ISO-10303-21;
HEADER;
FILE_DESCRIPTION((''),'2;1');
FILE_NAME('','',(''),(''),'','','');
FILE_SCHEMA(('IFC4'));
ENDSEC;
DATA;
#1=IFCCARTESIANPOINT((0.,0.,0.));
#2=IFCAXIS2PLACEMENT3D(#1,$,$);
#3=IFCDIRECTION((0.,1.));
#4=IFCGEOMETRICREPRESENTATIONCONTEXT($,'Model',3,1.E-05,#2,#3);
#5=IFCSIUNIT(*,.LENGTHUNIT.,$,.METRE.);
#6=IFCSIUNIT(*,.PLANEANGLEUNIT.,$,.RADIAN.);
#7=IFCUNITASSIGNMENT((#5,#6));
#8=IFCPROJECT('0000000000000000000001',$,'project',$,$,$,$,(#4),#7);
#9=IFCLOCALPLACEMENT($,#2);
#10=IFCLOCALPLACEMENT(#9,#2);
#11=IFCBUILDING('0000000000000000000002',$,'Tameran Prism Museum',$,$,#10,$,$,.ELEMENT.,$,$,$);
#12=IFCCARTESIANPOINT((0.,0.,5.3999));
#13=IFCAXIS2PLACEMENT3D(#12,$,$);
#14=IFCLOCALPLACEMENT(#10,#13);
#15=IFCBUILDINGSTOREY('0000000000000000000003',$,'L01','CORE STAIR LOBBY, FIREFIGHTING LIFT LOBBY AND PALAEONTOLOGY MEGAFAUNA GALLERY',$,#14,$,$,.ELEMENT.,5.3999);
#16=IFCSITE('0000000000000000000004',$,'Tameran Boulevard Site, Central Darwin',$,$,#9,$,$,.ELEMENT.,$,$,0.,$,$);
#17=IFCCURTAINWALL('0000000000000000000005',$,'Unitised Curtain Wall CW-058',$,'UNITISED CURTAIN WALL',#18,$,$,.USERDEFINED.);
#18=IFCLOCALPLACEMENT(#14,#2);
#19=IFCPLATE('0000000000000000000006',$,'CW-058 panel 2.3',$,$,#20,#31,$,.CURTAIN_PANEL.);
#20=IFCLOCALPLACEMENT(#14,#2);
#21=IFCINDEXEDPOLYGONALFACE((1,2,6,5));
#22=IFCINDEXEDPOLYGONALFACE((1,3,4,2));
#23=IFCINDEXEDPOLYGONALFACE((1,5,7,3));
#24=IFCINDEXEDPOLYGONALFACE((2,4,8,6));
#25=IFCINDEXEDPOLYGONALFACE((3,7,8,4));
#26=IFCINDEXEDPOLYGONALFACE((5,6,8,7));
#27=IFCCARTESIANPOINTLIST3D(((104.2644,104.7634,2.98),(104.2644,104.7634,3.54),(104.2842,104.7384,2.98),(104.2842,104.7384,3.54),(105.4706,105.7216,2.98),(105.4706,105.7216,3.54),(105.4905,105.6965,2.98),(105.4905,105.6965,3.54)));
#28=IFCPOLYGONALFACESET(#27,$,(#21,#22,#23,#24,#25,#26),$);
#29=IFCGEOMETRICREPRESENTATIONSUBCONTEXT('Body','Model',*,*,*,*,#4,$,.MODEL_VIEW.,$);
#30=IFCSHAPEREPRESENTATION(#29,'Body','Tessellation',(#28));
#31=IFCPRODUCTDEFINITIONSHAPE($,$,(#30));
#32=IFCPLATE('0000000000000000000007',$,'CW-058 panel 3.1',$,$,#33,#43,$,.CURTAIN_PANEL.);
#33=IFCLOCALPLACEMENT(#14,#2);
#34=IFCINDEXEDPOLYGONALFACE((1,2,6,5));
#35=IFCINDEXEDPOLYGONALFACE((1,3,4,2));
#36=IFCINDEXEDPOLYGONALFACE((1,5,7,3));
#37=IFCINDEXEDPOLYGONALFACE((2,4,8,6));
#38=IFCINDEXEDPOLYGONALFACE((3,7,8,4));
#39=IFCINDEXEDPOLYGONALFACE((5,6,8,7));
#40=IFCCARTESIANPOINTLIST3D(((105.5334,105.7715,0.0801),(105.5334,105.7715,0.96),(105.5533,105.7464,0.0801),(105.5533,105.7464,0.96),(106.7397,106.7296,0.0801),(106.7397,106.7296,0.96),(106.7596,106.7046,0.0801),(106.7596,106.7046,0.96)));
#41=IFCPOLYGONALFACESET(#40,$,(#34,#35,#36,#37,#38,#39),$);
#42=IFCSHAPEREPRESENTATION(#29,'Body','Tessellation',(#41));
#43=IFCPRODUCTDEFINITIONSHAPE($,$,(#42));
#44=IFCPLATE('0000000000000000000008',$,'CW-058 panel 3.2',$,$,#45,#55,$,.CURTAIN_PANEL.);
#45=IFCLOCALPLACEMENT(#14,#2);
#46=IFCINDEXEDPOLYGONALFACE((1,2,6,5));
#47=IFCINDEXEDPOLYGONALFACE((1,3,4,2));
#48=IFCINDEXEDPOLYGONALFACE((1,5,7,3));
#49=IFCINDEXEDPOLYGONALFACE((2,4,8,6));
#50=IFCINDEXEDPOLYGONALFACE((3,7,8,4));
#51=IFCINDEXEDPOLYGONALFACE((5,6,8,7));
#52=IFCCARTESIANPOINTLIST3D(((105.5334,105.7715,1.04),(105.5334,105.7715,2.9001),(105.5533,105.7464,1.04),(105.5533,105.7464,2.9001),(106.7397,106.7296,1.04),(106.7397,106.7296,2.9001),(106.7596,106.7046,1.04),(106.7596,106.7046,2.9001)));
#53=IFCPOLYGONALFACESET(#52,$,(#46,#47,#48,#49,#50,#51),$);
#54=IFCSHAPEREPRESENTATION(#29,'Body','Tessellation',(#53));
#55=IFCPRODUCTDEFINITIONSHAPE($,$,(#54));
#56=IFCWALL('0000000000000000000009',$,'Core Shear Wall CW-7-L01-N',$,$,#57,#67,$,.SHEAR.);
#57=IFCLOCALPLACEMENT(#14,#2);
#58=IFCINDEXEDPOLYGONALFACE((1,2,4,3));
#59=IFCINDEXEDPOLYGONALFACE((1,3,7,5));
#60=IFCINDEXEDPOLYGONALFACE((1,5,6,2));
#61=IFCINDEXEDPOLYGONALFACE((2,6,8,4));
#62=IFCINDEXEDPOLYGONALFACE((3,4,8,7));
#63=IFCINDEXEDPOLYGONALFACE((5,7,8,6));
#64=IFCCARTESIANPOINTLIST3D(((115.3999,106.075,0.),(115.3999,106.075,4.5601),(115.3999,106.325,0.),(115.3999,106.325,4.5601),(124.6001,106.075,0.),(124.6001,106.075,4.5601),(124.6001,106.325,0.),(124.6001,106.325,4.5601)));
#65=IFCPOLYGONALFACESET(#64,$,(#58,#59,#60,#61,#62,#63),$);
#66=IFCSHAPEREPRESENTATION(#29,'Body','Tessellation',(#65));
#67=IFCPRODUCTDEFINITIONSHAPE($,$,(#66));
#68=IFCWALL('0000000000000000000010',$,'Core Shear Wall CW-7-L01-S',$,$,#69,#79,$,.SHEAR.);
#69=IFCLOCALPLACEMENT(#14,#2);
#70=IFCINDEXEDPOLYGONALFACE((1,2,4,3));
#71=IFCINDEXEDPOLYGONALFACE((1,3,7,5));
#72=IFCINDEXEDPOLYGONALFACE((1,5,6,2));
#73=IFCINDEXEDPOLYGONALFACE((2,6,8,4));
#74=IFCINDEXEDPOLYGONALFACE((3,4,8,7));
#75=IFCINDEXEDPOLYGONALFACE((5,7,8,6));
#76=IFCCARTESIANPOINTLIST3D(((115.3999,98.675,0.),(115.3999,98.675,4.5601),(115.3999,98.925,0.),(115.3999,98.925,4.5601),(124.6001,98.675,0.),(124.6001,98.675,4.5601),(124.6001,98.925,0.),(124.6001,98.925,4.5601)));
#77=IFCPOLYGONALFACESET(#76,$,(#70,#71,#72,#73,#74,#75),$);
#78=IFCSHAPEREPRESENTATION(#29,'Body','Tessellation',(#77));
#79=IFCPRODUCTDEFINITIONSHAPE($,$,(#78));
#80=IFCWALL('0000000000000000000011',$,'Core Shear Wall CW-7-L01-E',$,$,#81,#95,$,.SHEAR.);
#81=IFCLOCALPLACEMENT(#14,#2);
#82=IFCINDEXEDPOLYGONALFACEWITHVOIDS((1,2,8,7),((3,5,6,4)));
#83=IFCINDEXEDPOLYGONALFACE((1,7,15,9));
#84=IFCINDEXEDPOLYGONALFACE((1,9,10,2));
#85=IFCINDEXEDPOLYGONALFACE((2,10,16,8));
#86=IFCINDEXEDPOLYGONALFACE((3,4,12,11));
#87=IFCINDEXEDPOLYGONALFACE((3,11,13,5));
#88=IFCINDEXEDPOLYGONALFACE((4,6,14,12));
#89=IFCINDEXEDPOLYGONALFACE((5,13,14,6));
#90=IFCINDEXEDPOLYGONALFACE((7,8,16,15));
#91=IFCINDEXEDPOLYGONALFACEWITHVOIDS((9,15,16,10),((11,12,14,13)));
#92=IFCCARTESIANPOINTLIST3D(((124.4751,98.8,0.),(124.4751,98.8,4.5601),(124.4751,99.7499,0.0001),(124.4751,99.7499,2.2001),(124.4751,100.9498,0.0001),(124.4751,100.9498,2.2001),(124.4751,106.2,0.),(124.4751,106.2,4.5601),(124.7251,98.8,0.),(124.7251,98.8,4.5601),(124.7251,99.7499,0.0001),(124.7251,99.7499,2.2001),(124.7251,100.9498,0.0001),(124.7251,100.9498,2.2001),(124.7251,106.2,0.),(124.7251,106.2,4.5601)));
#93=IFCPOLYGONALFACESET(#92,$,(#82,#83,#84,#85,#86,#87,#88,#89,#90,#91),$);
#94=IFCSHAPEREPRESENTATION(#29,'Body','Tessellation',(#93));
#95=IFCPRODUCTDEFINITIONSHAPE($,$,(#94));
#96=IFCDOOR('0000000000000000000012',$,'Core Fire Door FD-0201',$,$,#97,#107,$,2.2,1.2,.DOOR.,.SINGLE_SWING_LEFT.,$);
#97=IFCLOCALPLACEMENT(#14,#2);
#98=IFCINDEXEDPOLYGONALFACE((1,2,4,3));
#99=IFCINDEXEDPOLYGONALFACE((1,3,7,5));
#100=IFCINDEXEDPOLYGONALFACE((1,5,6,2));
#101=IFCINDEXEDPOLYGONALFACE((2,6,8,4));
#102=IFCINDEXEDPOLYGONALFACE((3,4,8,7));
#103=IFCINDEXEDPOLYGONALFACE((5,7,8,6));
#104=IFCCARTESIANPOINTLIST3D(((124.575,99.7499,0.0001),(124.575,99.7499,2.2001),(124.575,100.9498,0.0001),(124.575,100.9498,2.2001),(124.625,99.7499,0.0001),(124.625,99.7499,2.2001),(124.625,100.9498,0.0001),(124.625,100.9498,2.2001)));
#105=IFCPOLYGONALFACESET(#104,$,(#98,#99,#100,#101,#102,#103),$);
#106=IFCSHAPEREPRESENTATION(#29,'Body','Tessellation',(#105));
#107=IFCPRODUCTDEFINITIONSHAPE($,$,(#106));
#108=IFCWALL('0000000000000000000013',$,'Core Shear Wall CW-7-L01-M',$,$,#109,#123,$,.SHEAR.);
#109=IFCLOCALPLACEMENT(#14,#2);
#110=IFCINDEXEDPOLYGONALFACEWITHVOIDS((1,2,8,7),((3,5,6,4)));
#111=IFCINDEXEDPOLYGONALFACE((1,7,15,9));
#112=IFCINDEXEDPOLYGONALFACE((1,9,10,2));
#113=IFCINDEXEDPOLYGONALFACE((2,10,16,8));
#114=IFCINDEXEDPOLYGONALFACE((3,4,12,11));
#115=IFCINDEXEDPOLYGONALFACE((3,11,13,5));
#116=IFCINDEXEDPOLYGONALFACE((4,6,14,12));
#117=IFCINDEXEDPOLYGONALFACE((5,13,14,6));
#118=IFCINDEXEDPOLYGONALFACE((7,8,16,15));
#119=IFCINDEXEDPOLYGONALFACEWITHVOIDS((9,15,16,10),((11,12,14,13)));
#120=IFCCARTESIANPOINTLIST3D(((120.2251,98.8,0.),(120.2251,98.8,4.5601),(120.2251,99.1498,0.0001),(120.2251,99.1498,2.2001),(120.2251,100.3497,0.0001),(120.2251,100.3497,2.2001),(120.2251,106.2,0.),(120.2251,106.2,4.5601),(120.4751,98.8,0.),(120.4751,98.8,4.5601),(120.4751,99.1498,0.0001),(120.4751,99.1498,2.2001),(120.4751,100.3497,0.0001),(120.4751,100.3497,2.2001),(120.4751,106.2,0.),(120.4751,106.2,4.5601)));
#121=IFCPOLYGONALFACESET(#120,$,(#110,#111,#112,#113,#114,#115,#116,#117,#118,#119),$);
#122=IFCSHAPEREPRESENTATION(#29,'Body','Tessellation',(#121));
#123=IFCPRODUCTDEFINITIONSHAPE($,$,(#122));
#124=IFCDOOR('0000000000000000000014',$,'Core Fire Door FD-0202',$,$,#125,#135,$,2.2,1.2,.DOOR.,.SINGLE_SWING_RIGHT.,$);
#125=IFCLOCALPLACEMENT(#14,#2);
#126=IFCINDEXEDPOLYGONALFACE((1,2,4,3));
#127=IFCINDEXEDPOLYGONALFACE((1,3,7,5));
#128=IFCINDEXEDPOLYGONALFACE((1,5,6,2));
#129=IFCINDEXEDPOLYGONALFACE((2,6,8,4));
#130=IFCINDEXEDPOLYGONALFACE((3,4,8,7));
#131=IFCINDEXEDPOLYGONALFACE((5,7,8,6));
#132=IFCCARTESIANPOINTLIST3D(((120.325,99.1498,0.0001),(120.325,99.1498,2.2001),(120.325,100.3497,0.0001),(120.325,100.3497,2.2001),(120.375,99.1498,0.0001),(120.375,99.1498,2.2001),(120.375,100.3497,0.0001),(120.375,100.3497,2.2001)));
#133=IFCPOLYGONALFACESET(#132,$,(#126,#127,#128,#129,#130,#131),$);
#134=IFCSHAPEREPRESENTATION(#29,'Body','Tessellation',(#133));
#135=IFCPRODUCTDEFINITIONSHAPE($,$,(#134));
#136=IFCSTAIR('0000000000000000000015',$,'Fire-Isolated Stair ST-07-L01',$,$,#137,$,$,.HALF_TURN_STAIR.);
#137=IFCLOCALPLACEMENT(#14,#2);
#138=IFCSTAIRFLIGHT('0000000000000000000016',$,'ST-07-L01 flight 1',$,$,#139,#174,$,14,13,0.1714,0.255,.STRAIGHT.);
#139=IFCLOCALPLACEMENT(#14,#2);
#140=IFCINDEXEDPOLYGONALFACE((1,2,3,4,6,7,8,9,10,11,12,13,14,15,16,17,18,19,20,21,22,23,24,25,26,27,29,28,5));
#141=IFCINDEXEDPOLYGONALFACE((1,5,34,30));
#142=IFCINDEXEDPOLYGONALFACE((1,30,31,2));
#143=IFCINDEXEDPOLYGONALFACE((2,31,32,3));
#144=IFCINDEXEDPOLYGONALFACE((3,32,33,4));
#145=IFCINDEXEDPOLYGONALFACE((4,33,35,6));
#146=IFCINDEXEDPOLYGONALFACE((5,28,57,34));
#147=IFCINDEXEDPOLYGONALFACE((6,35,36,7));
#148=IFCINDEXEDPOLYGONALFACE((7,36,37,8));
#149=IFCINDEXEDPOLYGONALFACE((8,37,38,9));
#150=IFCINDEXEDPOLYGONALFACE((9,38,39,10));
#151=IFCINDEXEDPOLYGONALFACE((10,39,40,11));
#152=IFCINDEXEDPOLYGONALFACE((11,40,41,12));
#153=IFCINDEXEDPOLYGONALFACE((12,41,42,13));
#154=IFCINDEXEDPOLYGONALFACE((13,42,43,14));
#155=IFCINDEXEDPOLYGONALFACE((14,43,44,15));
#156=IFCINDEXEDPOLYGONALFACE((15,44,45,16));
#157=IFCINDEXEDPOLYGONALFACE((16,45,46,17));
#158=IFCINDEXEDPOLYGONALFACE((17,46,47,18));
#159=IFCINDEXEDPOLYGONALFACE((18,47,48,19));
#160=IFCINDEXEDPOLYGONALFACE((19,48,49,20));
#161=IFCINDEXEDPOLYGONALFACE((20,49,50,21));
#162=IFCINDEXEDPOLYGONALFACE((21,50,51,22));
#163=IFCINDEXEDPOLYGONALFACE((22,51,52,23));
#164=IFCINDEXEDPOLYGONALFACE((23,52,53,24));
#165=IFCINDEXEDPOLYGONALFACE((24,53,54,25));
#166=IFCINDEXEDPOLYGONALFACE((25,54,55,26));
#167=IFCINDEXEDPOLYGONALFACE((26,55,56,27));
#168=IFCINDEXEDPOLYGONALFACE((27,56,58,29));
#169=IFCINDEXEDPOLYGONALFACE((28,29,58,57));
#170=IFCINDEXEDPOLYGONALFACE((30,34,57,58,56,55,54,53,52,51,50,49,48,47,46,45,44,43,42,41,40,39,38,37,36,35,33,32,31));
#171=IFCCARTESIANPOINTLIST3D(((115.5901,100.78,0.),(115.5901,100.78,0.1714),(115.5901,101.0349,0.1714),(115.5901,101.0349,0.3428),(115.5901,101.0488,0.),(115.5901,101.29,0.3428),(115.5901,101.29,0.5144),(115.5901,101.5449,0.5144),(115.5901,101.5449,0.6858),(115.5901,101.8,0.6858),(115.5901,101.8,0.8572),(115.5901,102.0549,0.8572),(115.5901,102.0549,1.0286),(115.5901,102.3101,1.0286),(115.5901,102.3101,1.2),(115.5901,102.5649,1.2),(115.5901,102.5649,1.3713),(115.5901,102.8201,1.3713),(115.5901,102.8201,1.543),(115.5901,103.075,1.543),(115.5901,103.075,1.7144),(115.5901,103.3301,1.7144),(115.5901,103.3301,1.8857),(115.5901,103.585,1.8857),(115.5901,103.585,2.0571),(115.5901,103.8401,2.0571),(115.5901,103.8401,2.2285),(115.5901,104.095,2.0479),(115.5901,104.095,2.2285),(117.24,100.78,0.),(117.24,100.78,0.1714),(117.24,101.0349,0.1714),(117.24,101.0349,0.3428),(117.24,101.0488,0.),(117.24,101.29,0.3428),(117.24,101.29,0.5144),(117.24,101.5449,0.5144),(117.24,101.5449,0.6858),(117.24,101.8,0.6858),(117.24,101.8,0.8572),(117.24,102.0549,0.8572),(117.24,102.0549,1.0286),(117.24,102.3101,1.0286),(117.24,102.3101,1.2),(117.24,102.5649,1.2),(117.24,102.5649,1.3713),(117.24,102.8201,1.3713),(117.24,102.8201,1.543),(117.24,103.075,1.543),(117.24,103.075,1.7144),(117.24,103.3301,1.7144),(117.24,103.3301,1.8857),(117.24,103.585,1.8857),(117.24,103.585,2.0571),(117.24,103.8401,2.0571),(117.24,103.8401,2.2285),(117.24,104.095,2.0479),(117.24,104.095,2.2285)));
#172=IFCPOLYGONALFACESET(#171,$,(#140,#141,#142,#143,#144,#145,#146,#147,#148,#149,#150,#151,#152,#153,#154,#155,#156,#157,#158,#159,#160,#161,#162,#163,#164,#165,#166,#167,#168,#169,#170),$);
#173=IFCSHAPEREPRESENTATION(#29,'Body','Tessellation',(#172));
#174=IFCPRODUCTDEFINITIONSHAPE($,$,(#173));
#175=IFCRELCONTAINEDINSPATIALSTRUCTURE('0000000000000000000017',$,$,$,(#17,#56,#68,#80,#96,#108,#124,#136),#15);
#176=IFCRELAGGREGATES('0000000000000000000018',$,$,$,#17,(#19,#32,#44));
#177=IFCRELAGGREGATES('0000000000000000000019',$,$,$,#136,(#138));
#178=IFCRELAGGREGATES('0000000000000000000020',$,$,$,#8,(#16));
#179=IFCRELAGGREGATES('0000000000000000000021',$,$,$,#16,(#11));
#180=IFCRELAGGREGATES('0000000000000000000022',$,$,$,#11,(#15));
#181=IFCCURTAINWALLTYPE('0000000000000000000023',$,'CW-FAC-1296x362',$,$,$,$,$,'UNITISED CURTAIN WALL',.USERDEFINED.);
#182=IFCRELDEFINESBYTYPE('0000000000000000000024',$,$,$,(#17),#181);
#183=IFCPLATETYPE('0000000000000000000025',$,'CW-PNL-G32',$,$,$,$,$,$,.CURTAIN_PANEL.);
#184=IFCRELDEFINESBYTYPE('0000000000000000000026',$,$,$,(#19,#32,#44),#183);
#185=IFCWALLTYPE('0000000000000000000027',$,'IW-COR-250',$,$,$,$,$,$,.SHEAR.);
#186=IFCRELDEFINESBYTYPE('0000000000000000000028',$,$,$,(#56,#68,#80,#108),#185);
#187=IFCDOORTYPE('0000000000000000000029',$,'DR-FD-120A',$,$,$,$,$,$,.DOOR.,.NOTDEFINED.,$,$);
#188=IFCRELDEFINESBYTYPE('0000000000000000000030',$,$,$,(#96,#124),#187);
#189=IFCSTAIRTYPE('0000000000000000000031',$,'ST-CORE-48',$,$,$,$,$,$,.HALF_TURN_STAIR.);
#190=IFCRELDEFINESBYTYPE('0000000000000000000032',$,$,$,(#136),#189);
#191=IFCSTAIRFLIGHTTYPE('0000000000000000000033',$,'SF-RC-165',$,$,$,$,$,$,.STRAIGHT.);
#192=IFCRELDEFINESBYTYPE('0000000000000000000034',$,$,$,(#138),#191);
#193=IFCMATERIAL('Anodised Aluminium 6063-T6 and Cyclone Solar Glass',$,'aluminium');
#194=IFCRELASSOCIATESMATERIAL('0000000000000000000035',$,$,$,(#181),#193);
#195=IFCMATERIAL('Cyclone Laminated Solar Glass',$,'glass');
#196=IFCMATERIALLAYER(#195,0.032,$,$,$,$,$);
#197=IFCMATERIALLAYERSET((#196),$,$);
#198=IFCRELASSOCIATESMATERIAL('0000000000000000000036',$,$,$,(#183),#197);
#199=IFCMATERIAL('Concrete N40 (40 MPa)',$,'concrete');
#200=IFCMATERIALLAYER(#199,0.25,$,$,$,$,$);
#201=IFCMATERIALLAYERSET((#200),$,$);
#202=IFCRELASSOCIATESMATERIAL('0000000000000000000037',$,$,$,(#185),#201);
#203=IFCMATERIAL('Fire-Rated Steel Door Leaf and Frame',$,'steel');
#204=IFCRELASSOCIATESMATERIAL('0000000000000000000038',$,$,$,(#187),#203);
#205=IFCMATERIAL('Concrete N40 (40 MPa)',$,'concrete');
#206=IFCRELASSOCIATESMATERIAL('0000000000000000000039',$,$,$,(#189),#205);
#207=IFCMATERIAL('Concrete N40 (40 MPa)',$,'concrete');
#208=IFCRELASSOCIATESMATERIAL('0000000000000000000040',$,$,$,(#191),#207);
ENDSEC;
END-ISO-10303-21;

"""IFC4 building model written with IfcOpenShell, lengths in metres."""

from ifc_helpers import new_model, si_unit, direction, frame, frame_2d, origin, origin_2d, place, context, subcontext, project, spatial, polyline, rectangle, outline, extrude, material, layer, layer_set, type_object, element, fill, aggregate, save


model = new_model("IFC4")

# Units and contexts
model_context = context("Model", 3, precision=1e-05, world=origin(), true_north=direction((0.0, 1.0)))
body_context = subcontext(model_context, "Body", "Model", "MODEL_VIEW")
ifc_project = project(units=[si_unit("LENGTHUNIT", "METRE"), si_unit("PLANEANGLEUNIT", "RADIAN")], contexts=[model_context])

# Site, building, storey
site_placement = place(None, origin())
site = spatial("IfcSite", under=ifc_project, at=site_placement, Name="Tameran Boulevard Site, Central Darwin", CompositionType="ELEMENT", RefElevation=0.0)
building_placement = place(site_placement, origin())
building = spatial("IfcBuilding", under=site, at=building_placement, Name="Tameran Prism Museum", CompositionType="ELEMENT")
storey_placement = place(building_placement, frame((0.0, 0.0, 5.3999)))
storey = spatial("IfcBuildingStorey", under=building, at=storey_placement, Name="L01", Description="CORE STAIR LOBBY, FIREFIGHTING LIFT LOBBY AND PALAEONTOLOGY MEGAFAUNA GALLERY", CompositionType="ELEMENT", Elevation=5.3999)

# Curtain wall, plates
ifc_material_1 = material(Name="Anodised Aluminium 6063-T6 and Cyclone Solar Glass", Category="aluminium")
curtain_wall_type = type_object("IfcCurtainWallType", Name="CW-FAC-1296x362", ElementType="UNITISED CURTAIN WALL", PredefinedType="USERDEFINED", material=ifc_material_1)
curtain_wall_placement = place(storey_placement, origin())
curtain_wall = element("IfcCurtainWall", 1, at=curtain_wall_placement, inside=storey, type_object=curtain_wall_type, Name="Unitised Curtain Wall CW-058", ObjectType="UNITISED CURTAIN WALL", PredefinedType="USERDEFINED")
ifc_material_2 = material(Name="Cyclone Laminated Solar Glass", Category="glass")
ifc_layer_1 = layer(ifc_material_2, 0.032)
ifc_layer_set_1 = layer_set([ifc_layer_1])
plate_type = type_object("IfcPlateType", Name="CW-PNL-G32", PredefinedType="CURTAIN_PANEL", material=ifc_layer_set_1)
plate_1_placement = place(storey_placement, frame((104.8774, 105.23, 2.98), z_axis=(0.0, 0.0, 1.0), x_axis=(0.783031, 0.621982, 0.0)))
plate_1 = element("IfcPlate", 2, at=plate_1_placement, type_object=plate_type, Name="CW-058 panel 2.3", PredefinedType="CURTAIN_PANEL", context=body_context, shape_type="SweptSolid", body=[
    extrude(rectangle(XDim=1.5405, YDim=0.032, at=origin_2d()), origin(), (0.0, 0.0, 1.0), 0.5601),
])
plate_2_placement = place(storey_placement, frame((106.1465, 106.238, 0.0801), z_axis=(0.0, 0.0, 1.0), x_axis=(0.783031, 0.621982, 0.0)))
plate_2 = element("IfcPlate", 3, at=plate_2_placement, type_object=plate_type, Name="CW-058 panel 3.1", PredefinedType="CURTAIN_PANEL", context=body_context, shape_type="SweptSolid", body=[
    extrude(rectangle(XDim=1.5405, YDim=0.032, at=origin_2d()), origin(), (0.0, 0.0, 1.0), 0.8799),
])
plate_3_placement = place(storey_placement, frame((106.1465, 106.238, 1.04), z_axis=(0.0, 0.0, 1.0), x_axis=(0.783031, 0.621982, 0.0)))
plate_3 = element("IfcPlate", 4, at=plate_3_placement, type_object=plate_type, Name="CW-058 panel 3.2", PredefinedType="CURTAIN_PANEL", context=body_context, shape_type="SweptSolid", body=[
    extrude(rectangle(XDim=1.5405, YDim=0.032, at=origin_2d()), origin(), (0.0, 0.0, 1.0), 1.8601),
])
aggregate(curtain_wall, [plate_1, plate_2, plate_3])

# Walls
ifc_material_3 = material(Name="Concrete N40 (40 MPa)", Category="concrete")
ifc_layer_2 = layer(ifc_material_3, 0.25)
ifc_layer_set_2 = layer_set([ifc_layer_2])
wall_type = type_object("IfcWallType", Name="IW-COR-250", PredefinedType="SHEAR", material=ifc_layer_set_2)
for number, where, z_axis, x_axis, name in (
    (5, (115.3999, 106.2, 0.0), (0.0, 0.0, 1.0), (1.0, 0.0, 0.0), "Core Shear Wall CW-7-L01-N"),
    (6, (124.6001, 98.8, 0.0), (0.0, 0.0, 1.0), (-1.0, 0.0, 0.0), "Core Shear Wall CW-7-L01-S"),
):
    element("IfcWall", number, at=place(storey_placement, frame(where, z_axis=z_axis, x_axis=x_axis)), inside=storey, type_object=wall_type, Name=name, PredefinedType="SHEAR", context=body_context, shape_type="SweptSolid", body=[
        extrude(rectangle(XDim=9.2002, YDim=0.25, at=frame_2d((4.6001, 0.0))), origin(), (0.0, 0.0, 1.0), 4.5601),
    ])

# Walls, openings, doors
wall_1_placement = place(storey_placement, frame((124.6001, 106.2, 0.0), z_axis=(0.0, 0.0, 1.0), x_axis=(0.0, -1.0, 0.0)))
wall_1 = element("IfcWall", 7, at=wall_1_placement, inside=storey, type_object=wall_type, Name="Core Shear Wall CW-7-L01-E", PredefinedType="SHEAR", context=body_context, shape_type="SweptSolid", body=[
    extrude(rectangle(XDim=7.3999, YDim=0.25, at=frame_2d((3.7, 0.0))), origin(), (0.0, 0.0, 1.0), 4.5601),
])
opening_1_placement = place(wall_1_placement, frame((5.25, 0.0, 0.0)))
opening_1 = element("IfcOpeningElement", 8, at=opening_1_placement, cuts=wall_1, PredefinedType="OPENING", context=body_context, shape_type="SweptSolid", body=[
    extrude(rectangle(XDim=1.2, YDim=2.2, at=frame_2d((0.6001, 1.1001))), frame((0.0, 0.135, 0.0), z_axis=(0.0, -1.0, 0.0), x_axis=(1.0, 0.0, 0.0)), (0.0, 0.0, 1.0), 0.27),
])
ifc_material_4 = material(Name="Fire-Rated Steel Door Leaf and Frame", Category="steel")
door_type = type_object("IfcDoorType", Name="DR-FD-120A", OperationType="NOTDEFINED", PredefinedType="DOOR", material=ifc_material_4)
door_1_placement = place(opening_1_placement, origin())
door_1 = element("IfcDoor", 9, at=door_1_placement, inside=storey, type_object=door_type, Name="Core Fire Door FD-0201", OperationType="SINGLE_SWING_LEFT", OverallHeight=2.2, OverallWidth=1.2, PredefinedType="DOOR", context=body_context, shape_type="SweptSolid", body=[
    extrude(rectangle(XDim=1.2, YDim=2.2, at=frame_2d((0.6001, 1.1001))), frame((0.0, 0.0249, 0.0), z_axis=(0.0, -1.0, 0.0), x_axis=(1.0, 0.0, 0.0)), (0.0, 0.0, 1.0), 0.05),
])
fill(opening_1, door_1)
wall_2_placement = place(storey_placement, frame((120.3501, 106.2, 0.0), z_axis=(0.0, 0.0, 1.0), x_axis=(0.0, -1.0, 0.0)))
wall_2 = element("IfcWall", 10, at=wall_2_placement, inside=storey, type_object=wall_type, Name="Core Shear Wall CW-7-L01-M", PredefinedType="SHEAR", context=body_context, shape_type="SweptSolid", body=[
    extrude(rectangle(XDim=7.3999, YDim=0.25, at=frame_2d((3.7, 0.0))), origin(), (0.0, 0.0, 1.0), 4.5601),
])
opening_2_placement = place(wall_2_placement, frame((5.8501, 0.0, 0.0)))
opening_2 = element("IfcOpeningElement", 11, at=opening_2_placement, cuts=wall_2, PredefinedType="OPENING", context=body_context, shape_type="SweptSolid", body=[
    extrude(rectangle(XDim=1.2, YDim=2.2, at=frame_2d((0.6001, 1.1001))), frame((0.0, 0.135, 0.0), z_axis=(0.0, -1.0, 0.0), x_axis=(1.0, 0.0, 0.0)), (0.0, 0.0, 1.0), 0.27),
])
door_2_placement = place(opening_2_placement, origin())
door_2 = element("IfcDoor", 12, at=door_2_placement, inside=storey, type_object=door_type, Name="Core Fire Door FD-0202", OperationType="SINGLE_SWING_RIGHT", OverallHeight=2.2, OverallWidth=1.2, PredefinedType="DOOR", context=body_context, shape_type="SweptSolid", body=[
    extrude(rectangle(XDim=1.2, YDim=2.2, at=frame_2d((0.6001, 1.1001))), frame((0.0, 0.0249, 0.0), z_axis=(0.0, -1.0, 0.0), x_axis=(1.0, 0.0, 0.0)), (0.0, 0.0, 1.0), 0.05),
])
fill(opening_2, door_2)

# Stair, stair flight
ifc_material_5 = material(Name="Concrete N40 (40 MPa)", Category="concrete")
stair_type = type_object("IfcStairType", Name="ST-CORE-48", PredefinedType="HALF_TURN_STAIR", material=ifc_material_5)
stair_placement = place(storey_placement, origin())
stair = element("IfcStair", 13, at=stair_placement, inside=storey, type_object=stair_type, Name="Fire-Isolated Stair ST-07-L01", PredefinedType="HALF_TURN_STAIR")
ifc_material_6 = material(Name="Concrete N40 (40 MPa)", Category="concrete")
stair_flight_type = type_object("IfcStairFlightType", Name="SF-RC-165", PredefinedType="STRAIGHT", material=ifc_material_6)
stair_flight_1_placement = place(storey_placement, frame((116.415, 100.78, 0.0), z_axis=(0.0, 0.0, 1.0), x_axis=(0.0, 1.0, 0.0)))
stair_flight_1 = element("IfcStairFlight", 14, at=stair_flight_1_placement, type_object=stair_flight_type, Name="ST-07-L01 flight 1", NumberOfRisers=14, NumberOfTreads=13, PredefinedType="STRAIGHT", RiserHeight=0.1714, TreadLength=0.255, context=body_context, shape_type="SweptSolid", body=[
    extrude(outline(polyline([(0.0, 0.0), (0.0, 0.1714), (0.2549, 0.1714), (0.2549, 0.3428), (0.51, 0.3428), (0.51, 0.5144), (0.7649, 0.5144), (0.7649, 0.6858), (1.02, 0.6858), (1.02, 0.8572), (1.2749, 0.8572), (1.2749, 1.0286), (1.53, 1.0286), (1.53, 1.2), (1.7849, 1.2), (1.7849, 1.3713), (2.04, 1.3713), (2.04, 1.543), (2.2949, 1.543), (2.2949, 1.7144), (2.55, 1.7144), (2.55, 1.8857), (2.8049, 1.8857), (2.8049, 2.0571), (3.0601, 2.0571), (3.0601, 2.2285), (3.3149, 2.2285), (3.3149, 2.3999), (3.3149, 2.0479), (0.2688, 0.0), (0.0, 0.0)])), frame((0.0, 0.825, 0.0), z_axis=(0.0, -1.0, 0.0), x_axis=(1.0, 0.0, 0.0)), (0.0, 0.0, 1.0), 1.6499),
])
aggregate(stair, [stair_flight_1])

save(model, "model.ifc")
